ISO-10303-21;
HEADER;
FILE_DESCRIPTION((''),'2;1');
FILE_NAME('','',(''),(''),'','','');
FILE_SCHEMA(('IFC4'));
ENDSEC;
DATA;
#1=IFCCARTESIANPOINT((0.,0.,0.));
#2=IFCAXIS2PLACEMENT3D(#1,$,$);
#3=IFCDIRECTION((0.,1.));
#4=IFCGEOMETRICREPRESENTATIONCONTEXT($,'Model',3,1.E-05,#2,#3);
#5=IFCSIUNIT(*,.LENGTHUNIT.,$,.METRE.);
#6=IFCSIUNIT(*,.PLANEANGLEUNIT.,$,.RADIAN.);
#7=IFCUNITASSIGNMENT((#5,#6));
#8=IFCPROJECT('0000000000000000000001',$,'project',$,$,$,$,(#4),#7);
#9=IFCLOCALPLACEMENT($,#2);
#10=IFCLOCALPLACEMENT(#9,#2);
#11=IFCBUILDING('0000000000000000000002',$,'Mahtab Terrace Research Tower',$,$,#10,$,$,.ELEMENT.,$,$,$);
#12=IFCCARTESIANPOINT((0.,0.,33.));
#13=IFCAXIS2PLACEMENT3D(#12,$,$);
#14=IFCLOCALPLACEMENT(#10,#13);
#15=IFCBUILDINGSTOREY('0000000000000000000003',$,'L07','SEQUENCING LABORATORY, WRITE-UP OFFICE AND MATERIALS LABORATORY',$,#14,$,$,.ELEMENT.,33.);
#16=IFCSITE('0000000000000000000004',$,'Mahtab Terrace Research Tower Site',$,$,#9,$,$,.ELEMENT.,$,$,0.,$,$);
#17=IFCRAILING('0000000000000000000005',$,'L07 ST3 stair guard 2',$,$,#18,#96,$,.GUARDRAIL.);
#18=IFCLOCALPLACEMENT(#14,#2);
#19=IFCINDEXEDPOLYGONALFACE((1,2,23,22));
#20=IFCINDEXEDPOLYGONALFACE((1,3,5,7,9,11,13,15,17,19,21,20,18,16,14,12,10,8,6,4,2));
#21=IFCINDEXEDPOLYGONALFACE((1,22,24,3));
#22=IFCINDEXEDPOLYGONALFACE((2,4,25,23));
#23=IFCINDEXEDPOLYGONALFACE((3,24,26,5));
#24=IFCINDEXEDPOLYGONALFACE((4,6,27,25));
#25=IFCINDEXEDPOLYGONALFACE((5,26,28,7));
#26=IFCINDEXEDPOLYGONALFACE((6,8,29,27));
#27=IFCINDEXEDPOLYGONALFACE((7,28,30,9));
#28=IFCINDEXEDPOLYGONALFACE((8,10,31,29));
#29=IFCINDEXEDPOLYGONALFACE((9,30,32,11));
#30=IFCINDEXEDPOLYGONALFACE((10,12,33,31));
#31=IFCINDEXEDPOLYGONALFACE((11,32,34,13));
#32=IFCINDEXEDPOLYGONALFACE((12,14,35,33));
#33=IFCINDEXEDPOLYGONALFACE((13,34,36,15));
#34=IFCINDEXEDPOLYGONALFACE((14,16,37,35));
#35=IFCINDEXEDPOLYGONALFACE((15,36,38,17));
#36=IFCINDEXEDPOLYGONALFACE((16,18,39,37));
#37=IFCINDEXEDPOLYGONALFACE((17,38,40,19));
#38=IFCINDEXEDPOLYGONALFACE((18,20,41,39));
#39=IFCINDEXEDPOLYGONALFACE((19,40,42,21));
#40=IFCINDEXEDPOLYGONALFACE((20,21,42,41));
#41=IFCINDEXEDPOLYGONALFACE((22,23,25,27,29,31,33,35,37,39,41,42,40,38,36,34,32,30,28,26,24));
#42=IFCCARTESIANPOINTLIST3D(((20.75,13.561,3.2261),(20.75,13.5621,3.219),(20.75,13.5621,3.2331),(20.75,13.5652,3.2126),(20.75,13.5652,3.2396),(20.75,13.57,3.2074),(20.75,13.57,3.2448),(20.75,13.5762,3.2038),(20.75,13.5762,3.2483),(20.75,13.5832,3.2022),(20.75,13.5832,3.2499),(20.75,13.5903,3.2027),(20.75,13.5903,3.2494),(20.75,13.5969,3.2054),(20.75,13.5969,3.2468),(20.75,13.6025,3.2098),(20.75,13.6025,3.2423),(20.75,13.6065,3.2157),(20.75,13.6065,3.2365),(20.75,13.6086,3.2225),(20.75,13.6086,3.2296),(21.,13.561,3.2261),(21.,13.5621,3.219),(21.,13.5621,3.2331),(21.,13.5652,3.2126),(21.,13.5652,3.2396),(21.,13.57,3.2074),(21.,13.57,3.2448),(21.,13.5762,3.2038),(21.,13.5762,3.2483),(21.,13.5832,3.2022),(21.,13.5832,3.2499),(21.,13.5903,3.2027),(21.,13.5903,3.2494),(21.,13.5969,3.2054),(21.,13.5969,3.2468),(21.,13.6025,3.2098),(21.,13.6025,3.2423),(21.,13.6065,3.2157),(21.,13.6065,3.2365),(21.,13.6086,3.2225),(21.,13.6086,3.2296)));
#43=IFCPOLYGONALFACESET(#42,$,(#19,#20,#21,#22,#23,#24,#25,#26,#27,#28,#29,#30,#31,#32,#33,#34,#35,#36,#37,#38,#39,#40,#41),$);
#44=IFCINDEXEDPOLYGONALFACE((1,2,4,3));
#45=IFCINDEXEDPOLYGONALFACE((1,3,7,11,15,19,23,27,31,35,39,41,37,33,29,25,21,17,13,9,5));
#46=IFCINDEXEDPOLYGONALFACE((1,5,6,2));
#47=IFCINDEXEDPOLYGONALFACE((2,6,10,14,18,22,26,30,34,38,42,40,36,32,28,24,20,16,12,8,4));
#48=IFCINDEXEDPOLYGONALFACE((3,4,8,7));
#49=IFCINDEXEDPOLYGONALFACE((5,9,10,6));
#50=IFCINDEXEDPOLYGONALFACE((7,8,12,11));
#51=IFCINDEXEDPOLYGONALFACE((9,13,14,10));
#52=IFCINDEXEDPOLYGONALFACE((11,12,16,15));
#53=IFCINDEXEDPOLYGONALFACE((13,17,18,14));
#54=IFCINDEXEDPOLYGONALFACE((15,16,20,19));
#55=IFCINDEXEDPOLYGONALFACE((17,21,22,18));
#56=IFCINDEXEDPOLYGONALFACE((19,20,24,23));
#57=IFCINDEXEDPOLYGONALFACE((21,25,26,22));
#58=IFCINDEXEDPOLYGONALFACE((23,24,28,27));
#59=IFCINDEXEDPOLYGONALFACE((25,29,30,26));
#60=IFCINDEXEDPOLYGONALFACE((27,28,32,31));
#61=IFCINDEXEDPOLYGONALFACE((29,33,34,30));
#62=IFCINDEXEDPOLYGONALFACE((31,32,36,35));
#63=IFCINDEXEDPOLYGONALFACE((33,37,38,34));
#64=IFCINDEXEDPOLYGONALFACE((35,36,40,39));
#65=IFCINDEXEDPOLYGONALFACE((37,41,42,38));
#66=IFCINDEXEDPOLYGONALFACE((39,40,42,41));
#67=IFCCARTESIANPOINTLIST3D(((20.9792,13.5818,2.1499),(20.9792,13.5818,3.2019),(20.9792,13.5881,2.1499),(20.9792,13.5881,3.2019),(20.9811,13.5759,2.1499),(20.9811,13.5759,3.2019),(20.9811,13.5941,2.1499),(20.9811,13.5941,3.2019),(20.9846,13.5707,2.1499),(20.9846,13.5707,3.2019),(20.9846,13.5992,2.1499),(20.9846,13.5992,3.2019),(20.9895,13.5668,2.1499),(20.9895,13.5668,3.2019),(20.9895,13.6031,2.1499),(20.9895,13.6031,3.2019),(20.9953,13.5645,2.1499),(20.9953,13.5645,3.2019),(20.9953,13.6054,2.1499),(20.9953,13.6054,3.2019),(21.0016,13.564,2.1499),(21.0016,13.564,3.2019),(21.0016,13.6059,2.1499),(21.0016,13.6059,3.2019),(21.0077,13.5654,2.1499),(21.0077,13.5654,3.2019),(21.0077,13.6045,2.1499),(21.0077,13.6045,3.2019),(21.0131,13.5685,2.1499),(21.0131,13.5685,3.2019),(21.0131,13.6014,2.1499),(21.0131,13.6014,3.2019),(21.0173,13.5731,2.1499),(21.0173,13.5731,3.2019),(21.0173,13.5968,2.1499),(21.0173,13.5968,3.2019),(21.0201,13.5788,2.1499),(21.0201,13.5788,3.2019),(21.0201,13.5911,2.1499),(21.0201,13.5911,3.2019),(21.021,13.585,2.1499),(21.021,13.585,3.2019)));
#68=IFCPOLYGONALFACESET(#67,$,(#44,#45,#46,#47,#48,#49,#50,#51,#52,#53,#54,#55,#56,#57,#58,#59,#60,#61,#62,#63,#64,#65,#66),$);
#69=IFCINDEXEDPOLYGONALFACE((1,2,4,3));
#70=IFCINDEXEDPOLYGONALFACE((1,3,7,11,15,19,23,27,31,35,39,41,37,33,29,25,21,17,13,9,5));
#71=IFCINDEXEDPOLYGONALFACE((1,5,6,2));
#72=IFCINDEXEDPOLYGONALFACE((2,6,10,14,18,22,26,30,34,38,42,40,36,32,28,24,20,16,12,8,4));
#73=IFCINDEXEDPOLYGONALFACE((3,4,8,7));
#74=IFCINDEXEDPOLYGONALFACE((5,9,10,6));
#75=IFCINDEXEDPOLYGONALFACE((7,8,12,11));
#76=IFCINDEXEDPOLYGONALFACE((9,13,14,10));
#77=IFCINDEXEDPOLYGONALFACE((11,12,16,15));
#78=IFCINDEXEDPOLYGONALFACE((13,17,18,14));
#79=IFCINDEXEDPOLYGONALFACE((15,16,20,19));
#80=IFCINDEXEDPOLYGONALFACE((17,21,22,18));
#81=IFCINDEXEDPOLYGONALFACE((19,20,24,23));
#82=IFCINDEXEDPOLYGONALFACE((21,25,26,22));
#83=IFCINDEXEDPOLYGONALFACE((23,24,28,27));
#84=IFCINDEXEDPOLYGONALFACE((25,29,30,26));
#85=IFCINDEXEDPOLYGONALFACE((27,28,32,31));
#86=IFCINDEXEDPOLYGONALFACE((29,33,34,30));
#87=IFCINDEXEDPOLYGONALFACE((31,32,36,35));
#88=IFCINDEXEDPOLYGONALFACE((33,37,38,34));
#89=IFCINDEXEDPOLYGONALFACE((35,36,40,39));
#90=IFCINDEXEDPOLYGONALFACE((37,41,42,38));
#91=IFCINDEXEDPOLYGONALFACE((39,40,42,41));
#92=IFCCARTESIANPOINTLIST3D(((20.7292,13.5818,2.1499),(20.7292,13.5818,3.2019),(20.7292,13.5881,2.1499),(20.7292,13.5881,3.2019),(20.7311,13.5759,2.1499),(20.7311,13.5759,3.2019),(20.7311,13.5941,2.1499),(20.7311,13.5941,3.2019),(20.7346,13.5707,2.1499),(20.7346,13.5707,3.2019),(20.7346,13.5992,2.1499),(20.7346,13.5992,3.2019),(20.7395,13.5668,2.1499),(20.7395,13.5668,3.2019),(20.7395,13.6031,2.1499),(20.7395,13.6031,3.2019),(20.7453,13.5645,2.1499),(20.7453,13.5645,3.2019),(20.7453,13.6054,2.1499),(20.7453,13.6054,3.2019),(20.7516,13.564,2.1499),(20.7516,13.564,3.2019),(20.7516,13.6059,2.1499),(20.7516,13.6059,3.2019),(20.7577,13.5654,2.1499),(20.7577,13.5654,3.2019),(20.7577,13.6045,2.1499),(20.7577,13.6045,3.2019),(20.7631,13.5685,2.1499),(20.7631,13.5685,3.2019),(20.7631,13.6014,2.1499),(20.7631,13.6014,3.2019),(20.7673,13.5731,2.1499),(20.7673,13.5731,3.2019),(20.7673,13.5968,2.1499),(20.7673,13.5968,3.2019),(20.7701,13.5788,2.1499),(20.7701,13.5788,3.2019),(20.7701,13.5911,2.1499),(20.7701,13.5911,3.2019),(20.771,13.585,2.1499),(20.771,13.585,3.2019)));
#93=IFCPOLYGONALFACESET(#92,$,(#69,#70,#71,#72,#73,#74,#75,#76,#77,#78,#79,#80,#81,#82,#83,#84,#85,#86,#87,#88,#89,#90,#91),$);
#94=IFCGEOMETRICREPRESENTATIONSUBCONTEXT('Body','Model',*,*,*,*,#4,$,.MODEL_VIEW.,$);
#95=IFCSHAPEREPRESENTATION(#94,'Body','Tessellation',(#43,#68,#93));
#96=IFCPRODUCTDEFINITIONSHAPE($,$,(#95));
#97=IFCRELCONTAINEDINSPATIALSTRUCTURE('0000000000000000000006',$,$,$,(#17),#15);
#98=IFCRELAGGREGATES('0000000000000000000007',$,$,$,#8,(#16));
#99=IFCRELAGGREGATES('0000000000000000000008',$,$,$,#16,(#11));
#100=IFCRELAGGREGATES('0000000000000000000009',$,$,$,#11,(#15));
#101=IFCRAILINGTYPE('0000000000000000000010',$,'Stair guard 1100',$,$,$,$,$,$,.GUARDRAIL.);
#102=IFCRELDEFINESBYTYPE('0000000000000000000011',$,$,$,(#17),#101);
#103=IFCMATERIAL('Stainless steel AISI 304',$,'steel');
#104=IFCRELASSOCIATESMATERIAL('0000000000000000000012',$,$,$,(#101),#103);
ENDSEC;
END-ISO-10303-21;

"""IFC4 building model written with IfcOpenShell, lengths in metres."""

from ifc_helpers import new_model, si_unit, direction, frame, origin, origin_2d, place, context, subcontext, project, spatial, circle, extrude, material, type_object, element, save


model = new_model("IFC4")

# Units and contexts
model_context = context("Model", 3, precision=1e-05, world=origin(), true_north=direction((0.0, 1.0)))
body_context = subcontext(model_context, "Body", "Model", "MODEL_VIEW")
ifc_project = project(units=[si_unit("LENGTHUNIT", "METRE"), si_unit("PLANEANGLEUNIT", "RADIAN")], contexts=[model_context])

# Site, building, storey
site_placement = place(None, origin())
site = spatial("IfcSite", under=ifc_project, at=site_placement, Name="Mahtab Terrace Research Tower Site", CompositionType="ELEMENT", RefElevation=0.0)
building_placement = place(site_placement, origin())
building = spatial("IfcBuilding", under=site, at=building_placement, Name="Mahtab Terrace Research Tower", CompositionType="ELEMENT")
storey_placement = place(building_placement, frame((0.0, 0.0, 33.0)))
storey = spatial("IfcBuildingStorey", under=building, at=storey_placement, Name="L07", Description="SEQUENCING LABORATORY, WRITE-UP OFFICE AND MATERIALS LABORATORY", CompositionType="ELEMENT", Elevation=33.0)

# Shared definitions
ifc_material_1 = material(Name="Stainless steel AISI 304", Category="steel")

# Railing
railing_type_1 = type_object("IfcRailingType", Name="Stair guard 1100", PredefinedType="GUARDRAIL", material=ifc_material_1)
railing_1_placement = place(storey_placement, frame((21.0, 13.585, 2.1499)))
element("IfcRailing", 1, at=railing_1_placement, inside=storey, type_object=railing_type_1, Name="L07 ST3 stair guard 2", PredefinedType="GUARDRAIL", context=body_context, shape_type="SweptSolid", body=[
    extrude(circle(Radius=0.0239, at=origin_2d()), frame((0.0, 0.0, 1.0762), z_axis=(-1.0, 0.0, 0.0), x_axis=(0.0, -1.0, 0.0)), (0.0, 0.0, 1.0), 0.25),
    extrude(circle(Radius=0.021, at=origin_2d()), origin(), (0.0, 0.0, 1.0), 1.052),
    extrude(circle(Radius=0.021, at=origin_2d()), frame((-0.25, 0.0, 0.0)), (0.0, 0.0, 1.0), 1.052),
])

save(model, "model.ifc")
